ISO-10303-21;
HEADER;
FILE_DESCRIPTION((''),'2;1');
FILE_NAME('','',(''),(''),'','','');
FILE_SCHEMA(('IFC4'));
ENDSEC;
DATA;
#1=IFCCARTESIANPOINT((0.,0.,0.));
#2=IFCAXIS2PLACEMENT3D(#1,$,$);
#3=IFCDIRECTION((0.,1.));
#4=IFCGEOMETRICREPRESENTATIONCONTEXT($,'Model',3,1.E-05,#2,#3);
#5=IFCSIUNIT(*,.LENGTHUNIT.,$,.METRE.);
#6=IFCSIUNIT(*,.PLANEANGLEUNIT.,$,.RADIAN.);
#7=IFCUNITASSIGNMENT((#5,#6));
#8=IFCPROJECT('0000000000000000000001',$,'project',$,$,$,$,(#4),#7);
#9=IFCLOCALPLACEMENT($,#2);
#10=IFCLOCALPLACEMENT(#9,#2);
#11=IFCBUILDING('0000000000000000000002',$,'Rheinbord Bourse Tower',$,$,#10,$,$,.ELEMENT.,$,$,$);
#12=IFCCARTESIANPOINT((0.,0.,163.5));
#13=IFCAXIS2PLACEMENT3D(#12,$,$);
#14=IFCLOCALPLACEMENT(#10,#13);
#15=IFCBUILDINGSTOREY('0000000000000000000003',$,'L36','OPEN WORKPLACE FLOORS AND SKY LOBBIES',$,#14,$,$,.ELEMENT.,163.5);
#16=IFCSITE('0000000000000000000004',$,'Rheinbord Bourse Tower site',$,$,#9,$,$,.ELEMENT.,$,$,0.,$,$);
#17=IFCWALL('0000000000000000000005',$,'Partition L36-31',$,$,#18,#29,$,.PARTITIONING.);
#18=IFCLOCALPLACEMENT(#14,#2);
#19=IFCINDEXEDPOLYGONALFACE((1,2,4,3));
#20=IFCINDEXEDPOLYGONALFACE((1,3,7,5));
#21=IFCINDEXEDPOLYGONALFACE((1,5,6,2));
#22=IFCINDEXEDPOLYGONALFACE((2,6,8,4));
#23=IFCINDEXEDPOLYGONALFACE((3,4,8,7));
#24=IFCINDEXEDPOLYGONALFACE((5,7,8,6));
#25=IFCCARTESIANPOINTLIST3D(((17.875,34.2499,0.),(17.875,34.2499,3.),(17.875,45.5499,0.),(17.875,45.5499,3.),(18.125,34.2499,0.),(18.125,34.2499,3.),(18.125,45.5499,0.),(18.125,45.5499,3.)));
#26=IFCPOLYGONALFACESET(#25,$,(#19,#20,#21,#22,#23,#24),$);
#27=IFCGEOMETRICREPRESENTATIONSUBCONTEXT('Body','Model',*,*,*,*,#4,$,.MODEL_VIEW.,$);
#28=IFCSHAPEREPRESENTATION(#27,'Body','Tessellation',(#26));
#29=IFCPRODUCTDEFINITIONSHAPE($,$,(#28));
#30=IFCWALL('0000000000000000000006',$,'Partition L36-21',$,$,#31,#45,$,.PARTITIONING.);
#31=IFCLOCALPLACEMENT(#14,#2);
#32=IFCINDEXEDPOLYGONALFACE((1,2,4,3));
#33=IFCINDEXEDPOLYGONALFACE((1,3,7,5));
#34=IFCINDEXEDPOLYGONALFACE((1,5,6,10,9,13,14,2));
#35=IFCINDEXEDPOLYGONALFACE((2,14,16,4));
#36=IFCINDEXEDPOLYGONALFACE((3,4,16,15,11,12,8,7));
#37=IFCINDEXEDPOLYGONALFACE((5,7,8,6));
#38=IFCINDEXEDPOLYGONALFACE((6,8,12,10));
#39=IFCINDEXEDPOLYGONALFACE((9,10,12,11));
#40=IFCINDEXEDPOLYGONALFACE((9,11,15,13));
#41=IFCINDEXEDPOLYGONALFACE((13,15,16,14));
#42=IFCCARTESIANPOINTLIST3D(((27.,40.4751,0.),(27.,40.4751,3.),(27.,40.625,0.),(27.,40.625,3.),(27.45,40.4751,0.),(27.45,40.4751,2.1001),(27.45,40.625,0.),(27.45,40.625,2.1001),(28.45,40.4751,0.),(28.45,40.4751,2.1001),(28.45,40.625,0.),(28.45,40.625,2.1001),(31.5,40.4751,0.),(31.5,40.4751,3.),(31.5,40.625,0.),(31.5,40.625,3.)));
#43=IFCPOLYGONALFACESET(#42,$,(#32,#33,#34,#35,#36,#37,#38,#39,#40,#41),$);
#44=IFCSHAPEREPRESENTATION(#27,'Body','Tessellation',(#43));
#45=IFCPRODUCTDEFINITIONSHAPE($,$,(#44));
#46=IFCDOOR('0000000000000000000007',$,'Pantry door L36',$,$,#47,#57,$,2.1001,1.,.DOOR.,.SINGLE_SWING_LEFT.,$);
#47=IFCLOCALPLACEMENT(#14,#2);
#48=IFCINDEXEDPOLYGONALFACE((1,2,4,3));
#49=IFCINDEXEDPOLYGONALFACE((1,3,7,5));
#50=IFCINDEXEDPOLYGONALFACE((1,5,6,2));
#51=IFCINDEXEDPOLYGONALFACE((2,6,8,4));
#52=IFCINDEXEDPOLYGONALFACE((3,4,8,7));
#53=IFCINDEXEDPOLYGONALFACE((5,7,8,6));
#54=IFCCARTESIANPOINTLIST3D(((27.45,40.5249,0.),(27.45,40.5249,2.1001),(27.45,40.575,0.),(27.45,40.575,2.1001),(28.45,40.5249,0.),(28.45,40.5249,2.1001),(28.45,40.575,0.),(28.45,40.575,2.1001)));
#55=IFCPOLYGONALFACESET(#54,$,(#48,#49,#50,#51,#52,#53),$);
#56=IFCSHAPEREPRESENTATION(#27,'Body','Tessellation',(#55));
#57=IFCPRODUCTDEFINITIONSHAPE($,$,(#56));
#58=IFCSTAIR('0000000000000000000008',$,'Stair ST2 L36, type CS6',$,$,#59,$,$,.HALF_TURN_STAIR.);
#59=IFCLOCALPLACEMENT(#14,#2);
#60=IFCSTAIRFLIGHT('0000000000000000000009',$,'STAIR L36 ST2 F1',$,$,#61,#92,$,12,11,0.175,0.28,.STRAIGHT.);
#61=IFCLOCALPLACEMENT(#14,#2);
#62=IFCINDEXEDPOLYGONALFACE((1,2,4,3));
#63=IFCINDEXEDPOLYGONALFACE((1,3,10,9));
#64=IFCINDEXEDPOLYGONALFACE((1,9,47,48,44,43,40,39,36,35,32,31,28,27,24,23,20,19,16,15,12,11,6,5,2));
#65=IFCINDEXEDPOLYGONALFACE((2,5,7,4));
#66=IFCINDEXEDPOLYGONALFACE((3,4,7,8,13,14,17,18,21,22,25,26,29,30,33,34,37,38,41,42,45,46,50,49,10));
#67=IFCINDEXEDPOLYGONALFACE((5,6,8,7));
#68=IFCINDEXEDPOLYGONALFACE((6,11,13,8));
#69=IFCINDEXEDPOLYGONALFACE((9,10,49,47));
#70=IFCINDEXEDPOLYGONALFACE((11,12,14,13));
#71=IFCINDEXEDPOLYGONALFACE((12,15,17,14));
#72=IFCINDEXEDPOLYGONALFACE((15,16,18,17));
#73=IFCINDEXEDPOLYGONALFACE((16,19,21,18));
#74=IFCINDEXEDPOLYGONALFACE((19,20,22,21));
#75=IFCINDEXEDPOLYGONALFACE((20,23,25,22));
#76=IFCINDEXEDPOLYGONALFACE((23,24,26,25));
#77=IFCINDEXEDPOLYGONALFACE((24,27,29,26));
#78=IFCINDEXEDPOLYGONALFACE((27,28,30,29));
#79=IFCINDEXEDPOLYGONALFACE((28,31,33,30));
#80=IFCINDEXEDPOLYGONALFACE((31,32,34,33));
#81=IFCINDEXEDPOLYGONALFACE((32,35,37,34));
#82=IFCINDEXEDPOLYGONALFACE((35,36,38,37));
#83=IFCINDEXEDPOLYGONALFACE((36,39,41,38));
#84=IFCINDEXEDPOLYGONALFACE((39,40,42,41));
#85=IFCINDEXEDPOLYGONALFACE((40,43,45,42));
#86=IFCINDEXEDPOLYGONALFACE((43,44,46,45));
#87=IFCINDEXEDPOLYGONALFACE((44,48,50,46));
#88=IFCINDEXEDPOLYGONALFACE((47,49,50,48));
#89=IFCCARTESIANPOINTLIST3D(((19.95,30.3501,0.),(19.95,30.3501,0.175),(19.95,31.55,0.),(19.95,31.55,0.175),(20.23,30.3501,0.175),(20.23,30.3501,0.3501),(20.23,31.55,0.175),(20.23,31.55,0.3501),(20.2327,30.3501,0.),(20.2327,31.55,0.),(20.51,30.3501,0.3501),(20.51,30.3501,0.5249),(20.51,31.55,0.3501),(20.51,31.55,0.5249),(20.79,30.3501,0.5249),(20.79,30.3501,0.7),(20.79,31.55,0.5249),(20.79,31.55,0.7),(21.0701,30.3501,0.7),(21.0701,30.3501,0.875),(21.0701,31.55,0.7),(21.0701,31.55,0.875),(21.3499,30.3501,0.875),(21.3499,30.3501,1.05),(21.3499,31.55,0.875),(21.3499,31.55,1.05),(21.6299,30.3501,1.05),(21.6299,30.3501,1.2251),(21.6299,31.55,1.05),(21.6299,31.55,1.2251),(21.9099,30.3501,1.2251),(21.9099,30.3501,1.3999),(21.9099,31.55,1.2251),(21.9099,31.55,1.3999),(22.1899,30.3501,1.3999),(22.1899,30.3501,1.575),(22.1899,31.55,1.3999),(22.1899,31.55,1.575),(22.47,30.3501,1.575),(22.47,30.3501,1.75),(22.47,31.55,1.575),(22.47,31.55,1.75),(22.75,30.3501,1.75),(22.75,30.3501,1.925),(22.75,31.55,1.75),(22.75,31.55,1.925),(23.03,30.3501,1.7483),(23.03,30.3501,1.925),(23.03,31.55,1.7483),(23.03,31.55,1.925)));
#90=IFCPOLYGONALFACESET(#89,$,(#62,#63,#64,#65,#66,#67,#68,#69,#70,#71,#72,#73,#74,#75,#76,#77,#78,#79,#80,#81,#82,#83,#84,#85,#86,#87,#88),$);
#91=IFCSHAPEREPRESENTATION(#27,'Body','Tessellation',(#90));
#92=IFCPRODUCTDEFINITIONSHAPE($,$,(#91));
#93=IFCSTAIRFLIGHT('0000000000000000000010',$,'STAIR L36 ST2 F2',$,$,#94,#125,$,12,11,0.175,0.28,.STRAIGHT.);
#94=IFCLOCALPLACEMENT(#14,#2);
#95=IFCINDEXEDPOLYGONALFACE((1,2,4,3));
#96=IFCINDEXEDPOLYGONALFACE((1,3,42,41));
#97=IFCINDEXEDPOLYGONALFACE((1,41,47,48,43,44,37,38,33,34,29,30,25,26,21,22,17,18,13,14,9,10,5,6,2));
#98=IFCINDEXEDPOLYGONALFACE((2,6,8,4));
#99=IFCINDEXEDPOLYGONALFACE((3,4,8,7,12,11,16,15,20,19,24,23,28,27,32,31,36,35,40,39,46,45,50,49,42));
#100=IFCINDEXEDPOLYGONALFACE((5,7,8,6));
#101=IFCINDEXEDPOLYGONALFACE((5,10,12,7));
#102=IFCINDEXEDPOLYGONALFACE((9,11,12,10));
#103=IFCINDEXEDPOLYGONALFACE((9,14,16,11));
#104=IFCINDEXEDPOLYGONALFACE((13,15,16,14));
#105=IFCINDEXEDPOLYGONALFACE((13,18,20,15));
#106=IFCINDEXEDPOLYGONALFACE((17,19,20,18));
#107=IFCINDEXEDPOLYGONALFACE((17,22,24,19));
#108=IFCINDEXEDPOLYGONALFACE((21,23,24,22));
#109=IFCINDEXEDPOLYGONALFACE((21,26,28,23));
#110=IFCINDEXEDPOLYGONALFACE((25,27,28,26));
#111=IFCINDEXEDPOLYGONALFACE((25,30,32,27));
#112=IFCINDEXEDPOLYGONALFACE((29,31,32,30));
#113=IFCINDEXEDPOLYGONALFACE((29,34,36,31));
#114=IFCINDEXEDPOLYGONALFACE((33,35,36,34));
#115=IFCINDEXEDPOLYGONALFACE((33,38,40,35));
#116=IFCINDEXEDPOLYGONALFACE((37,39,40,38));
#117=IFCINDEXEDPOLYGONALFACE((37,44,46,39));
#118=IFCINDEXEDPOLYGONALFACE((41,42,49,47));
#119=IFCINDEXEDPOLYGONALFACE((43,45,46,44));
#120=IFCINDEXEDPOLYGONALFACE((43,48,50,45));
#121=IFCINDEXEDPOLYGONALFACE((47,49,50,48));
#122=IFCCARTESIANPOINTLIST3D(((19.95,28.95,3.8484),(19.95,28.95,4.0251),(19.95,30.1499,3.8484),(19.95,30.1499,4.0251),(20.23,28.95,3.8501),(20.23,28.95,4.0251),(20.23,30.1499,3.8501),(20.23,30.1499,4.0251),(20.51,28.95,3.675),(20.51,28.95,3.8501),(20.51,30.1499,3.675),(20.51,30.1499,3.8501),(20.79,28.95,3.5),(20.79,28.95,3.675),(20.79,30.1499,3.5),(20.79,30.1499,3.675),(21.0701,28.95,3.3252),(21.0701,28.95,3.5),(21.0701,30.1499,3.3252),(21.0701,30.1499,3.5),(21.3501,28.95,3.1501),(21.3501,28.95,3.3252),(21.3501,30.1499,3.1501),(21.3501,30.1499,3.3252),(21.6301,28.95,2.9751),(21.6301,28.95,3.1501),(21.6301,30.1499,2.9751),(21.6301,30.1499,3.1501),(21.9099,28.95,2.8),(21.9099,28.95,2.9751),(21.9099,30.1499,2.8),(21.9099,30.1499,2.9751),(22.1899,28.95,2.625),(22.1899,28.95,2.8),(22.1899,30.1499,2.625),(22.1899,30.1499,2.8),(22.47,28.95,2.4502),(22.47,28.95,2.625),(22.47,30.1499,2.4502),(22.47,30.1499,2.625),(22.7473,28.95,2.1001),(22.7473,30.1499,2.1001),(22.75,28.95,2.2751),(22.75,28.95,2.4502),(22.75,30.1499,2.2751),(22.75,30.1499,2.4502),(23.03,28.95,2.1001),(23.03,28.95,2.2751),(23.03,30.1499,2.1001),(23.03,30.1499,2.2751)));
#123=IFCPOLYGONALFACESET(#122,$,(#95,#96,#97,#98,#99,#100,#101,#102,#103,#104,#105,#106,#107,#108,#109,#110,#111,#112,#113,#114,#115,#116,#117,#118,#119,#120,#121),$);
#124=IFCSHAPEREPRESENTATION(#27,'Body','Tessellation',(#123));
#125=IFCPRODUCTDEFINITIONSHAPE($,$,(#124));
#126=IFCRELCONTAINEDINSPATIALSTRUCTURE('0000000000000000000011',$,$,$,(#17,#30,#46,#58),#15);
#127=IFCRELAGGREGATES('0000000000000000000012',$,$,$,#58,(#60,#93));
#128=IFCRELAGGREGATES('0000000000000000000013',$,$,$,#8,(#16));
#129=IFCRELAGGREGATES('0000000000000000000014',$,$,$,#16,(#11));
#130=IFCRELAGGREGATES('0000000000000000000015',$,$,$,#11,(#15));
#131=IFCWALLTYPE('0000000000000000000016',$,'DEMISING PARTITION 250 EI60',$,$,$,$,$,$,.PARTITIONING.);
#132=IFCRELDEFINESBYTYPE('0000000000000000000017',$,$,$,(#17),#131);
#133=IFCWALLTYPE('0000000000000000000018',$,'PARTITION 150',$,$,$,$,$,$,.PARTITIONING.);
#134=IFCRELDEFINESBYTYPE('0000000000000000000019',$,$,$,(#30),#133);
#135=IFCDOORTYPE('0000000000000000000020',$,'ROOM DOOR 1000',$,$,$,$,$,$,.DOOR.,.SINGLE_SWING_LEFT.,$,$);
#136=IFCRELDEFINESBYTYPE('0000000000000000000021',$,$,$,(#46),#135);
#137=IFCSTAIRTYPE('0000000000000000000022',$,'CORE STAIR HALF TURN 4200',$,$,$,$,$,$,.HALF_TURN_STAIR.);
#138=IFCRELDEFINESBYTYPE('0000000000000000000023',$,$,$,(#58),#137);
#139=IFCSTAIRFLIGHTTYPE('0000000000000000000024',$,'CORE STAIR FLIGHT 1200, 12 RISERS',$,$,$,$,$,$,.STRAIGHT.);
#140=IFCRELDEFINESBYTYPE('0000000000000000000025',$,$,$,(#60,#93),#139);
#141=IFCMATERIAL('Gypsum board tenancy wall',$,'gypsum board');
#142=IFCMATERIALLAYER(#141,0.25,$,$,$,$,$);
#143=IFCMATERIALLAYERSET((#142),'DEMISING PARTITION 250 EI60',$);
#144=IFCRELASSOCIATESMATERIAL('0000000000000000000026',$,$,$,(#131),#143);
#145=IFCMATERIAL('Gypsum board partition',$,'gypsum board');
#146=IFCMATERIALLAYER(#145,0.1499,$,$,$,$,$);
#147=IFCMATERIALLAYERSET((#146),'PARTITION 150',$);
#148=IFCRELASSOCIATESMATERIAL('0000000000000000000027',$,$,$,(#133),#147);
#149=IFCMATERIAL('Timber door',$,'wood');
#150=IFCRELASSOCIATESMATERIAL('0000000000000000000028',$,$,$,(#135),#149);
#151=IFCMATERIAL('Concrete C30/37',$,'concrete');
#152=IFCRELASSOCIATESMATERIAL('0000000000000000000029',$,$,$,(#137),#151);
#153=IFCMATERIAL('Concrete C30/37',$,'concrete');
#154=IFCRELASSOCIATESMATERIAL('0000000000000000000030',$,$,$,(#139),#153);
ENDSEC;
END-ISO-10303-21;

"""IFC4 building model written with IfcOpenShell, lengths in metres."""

from ifc_helpers import new_model, si_unit, direction, frame, frame_2d, origin, place, context, subcontext, project, spatial, polyline, rectangle, outline, extrude, material, layer, layer_set, type_object, element, fill, aggregate, save


model = new_model("IFC4")

# Units and contexts
model_context = context("Model", 3, precision=1e-05, world=origin(), true_north=direction((0.0, 1.0)))
body_context = subcontext(model_context, "Body", "Model", "MODEL_VIEW")
ifc_project = project(units=[si_unit("LENGTHUNIT", "METRE"), si_unit("PLANEANGLEUNIT", "RADIAN")], contexts=[model_context])

# Site, building, storey
site_placement = place(None, origin())
site = spatial("IfcSite", under=ifc_project, at=site_placement, Name="Rheinbord Bourse Tower site", CompositionType="ELEMENT", RefElevation=0.0)
building_placement = place(site_placement, origin())
building = spatial("IfcBuilding", under=site, at=building_placement, Name="Rheinbord Bourse Tower", CompositionType="ELEMENT")
storey_placement = place(building_placement, frame((0.0, 0.0, 163.5)))
storey = spatial("IfcBuildingStorey", under=building, at=storey_placement, Name="L36", Description="OPEN WORKPLACE FLOORS AND SKY LOBBIES", CompositionType="ELEMENT", Elevation=163.5)

# Wall
ifc_material_1 = material(Name="Gypsum board tenancy wall", Category="gypsum board")
ifc_layer_1 = layer(ifc_material_1, 0.25)
ifc_layer_set_1 = layer_set([ifc_layer_1], Name="DEMISING PARTITION 250 EI60")
wall_type_1 = type_object("IfcWallType", Name="DEMISING PARTITION 250 EI60", PredefinedType="PARTITIONING", material=ifc_layer_set_1)
wall_1_placement = place(storey_placement, frame((18.0, 34.25, 0.0), z_axis=(0.0, 0.0, 1.0), x_axis=(0.0, 1.0, 0.0)))
element("IfcWall", 1, at=wall_1_placement, inside=storey, type_object=wall_type_1, Name="Partition L36-31", PredefinedType="PARTITIONING", context=body_context, shape_type="SweptSolid", body=[
    extrude(rectangle(XDim=11.3, YDim=0.25, at=frame_2d((5.6499, 0.0))), origin(), (0.0, 0.0, 1.0), 3.0),
])

# Wall, opening, door
ifc_material_2 = material(Name="Gypsum board partition", Category="gypsum board")
ifc_layer_2 = layer(ifc_material_2, 0.1499)
ifc_layer_set_2 = layer_set([ifc_layer_2], Name="PARTITION 150")
wall_type_2 = type_object("IfcWallType", Name="PARTITION 150", PredefinedType="PARTITIONING", material=ifc_layer_set_2)
wall_2_placement = place(storey_placement, frame((27.0, 40.55, 0.0), z_axis=(0.0, 0.0, 1.0), x_axis=(1.0, 0.0, 0.0)))
wall_2 = element("IfcWall", 2, at=wall_2_placement, inside=storey, type_object=wall_type_2, Name="Partition L36-21", PredefinedType="PARTITIONING", context=body_context, shape_type="SweptSolid", body=[
    extrude(rectangle(XDim=4.5, YDim=0.1499, at=frame_2d((2.25, 0.0))), origin(), (0.0, 0.0, 1.0), 3.0),
])
opening_1_placement = place(wall_2_placement, frame((0.45, 0.0, 0.0)))
opening_1 = element("IfcOpeningElement", 3, at=opening_1_placement, cuts=wall_2, PredefinedType="OPENING", context=body_context, shape_type="SweptSolid", body=[
    extrude(rectangle(XDim=1.0, YDim=2.1001, at=frame_2d((0.5, 1.05))), frame((0.0, 0.085, 0.0), z_axis=(0.0, -1.0, 0.0), x_axis=(1.0, 0.0, 0.0)), (0.0, 0.0, 1.0), 0.1699),
])
ifc_material_3 = material(Name="Timber door", Category="wood")
door_type_1 = type_object("IfcDoorType", Name="ROOM DOOR 1000", OperationType="SINGLE_SWING_LEFT", PredefinedType="DOOR", material=ifc_material_3)
door_1_placement = place(opening_1_placement, origin())
door_1 = element("IfcDoor", 4, at=door_1_placement, inside=storey, type_object=door_type_1, Name="Pantry door L36", OperationType="SINGLE_SWING_LEFT", OverallHeight=2.1001, OverallWidth=1.0, PredefinedType="DOOR", context=body_context, shape_type="SweptSolid", body=[
    extrude(rectangle(XDim=1.0, YDim=2.1001, at=frame_2d((0.5, 1.05))), frame((0.0, 0.0249, 0.0), z_axis=(0.0, -1.0, 0.0), x_axis=(1.0, 0.0, 0.0)), (0.0, 0.0, 1.0), 0.05),
])
fill(opening_1, door_1)

# Stair, stair flights
ifc_material_4 = material(Name="Concrete C30/37", Category="concrete")
stair_type = type_object("IfcStairType", Name="CORE STAIR HALF TURN 4200", PredefinedType="HALF_TURN_STAIR", material=ifc_material_4)
stair_placement = place(storey_placement, origin())
stair = element("IfcStair", 5, at=stair_placement, inside=storey, type_object=stair_type, Name="Stair ST2 L36, type CS6", PredefinedType="HALF_TURN_STAIR")
ifc_material_5 = material(Name="Concrete C30/37", Category="concrete")
stair_flight_type = type_object("IfcStairFlightType", Name="CORE STAIR FLIGHT 1200, 12 RISERS", PredefinedType="STRAIGHT", material=ifc_material_5)
stair_flight_1_placement = place(storey_placement, frame((19.95, 30.95, 0.0), z_axis=(0.0, 0.0, 1.0), x_axis=(1.0, 0.0, 0.0)))
stair_flight_1 = element("IfcStairFlight", 6, at=stair_flight_1_placement, type_object=stair_flight_type, Name="STAIR L36 ST2 F1", NumberOfRisers=12, NumberOfTreads=11, PredefinedType="STRAIGHT", RiserHeight=0.175, TreadLength=0.28, context=body_context, shape_type="SweptSolid", body=[
    extrude(outline(polyline([(0.0, 0.0), (0.0, 0.175), (0.28, 0.175), (0.28, 0.3501), (0.5601, 0.3501), (0.5601, 0.5249), (0.8401, 0.5249), (0.8401, 0.7), (1.1201, 0.7), (1.1201, 0.875), (1.3999, 0.875), (1.3999, 1.05), (1.6799, 1.05), (1.6799, 1.2251), (1.96, 1.2251), (1.96, 1.3999), (2.24, 1.3999), (2.24, 1.575), (2.52, 1.575), (2.52, 1.75), (2.8, 1.75), (2.8, 1.925), (3.0801, 1.925), (3.0801, 2.1001), (3.0801, 1.7483), (0.2827, 0.0), (0.0, 0.0)])), frame((0.0, 0.6001, 0.0), z_axis=(0.0, -1.0, 0.0), x_axis=(1.0, 0.0, 0.0)), (0.0, 0.0, 1.0), 1.2),
])
stair_flight_2_placement = place(storey_placement, frame((23.03, 29.55, 2.1001), z_axis=(0.0, 0.0, 1.0), x_axis=(-1.0, 0.0, 0.0)))
stair_flight_2 = element("IfcStairFlight", 7, at=stair_flight_2_placement, type_object=stair_flight_type, Name="STAIR L36 ST2 F2", NumberOfRisers=12, NumberOfTreads=11, PredefinedType="STRAIGHT", RiserHeight=0.175, TreadLength=0.28, context=body_context, shape_type="SweptSolid", body=[
    extrude(outline(polyline([(0.0, 0.0), (0.0, 0.175), (0.28, 0.175), (0.28, 0.3501), (0.5601, 0.3501), (0.5601, 0.5249), (0.8401, 0.5249), (0.8401, 0.7), (1.1201, 0.7), (1.1201, 0.875), (1.3999, 0.875), (1.3999, 1.05), (1.6799, 1.05), (1.6799, 1.2251), (1.96, 1.2251), (1.96, 1.3999), (2.24, 1.3999), (2.24, 1.575), (2.52, 1.575), (2.52, 1.75), (2.8, 1.75), (2.8, 1.925), (3.0801, 1.925), (3.0801, 2.1001), (3.0801, 1.7483), (0.2827, 0.0), (0.0, 0.0)])), frame((0.0, 0.6001, 0.0), z_axis=(0.0, -1.0, 0.0), x_axis=(1.0, 0.0, 0.0)), (0.0, 0.0, 1.0), 1.2),
])
aggregate(stair, [stair_flight_1, stair_flight_2])

save(model, "model.ifc")
